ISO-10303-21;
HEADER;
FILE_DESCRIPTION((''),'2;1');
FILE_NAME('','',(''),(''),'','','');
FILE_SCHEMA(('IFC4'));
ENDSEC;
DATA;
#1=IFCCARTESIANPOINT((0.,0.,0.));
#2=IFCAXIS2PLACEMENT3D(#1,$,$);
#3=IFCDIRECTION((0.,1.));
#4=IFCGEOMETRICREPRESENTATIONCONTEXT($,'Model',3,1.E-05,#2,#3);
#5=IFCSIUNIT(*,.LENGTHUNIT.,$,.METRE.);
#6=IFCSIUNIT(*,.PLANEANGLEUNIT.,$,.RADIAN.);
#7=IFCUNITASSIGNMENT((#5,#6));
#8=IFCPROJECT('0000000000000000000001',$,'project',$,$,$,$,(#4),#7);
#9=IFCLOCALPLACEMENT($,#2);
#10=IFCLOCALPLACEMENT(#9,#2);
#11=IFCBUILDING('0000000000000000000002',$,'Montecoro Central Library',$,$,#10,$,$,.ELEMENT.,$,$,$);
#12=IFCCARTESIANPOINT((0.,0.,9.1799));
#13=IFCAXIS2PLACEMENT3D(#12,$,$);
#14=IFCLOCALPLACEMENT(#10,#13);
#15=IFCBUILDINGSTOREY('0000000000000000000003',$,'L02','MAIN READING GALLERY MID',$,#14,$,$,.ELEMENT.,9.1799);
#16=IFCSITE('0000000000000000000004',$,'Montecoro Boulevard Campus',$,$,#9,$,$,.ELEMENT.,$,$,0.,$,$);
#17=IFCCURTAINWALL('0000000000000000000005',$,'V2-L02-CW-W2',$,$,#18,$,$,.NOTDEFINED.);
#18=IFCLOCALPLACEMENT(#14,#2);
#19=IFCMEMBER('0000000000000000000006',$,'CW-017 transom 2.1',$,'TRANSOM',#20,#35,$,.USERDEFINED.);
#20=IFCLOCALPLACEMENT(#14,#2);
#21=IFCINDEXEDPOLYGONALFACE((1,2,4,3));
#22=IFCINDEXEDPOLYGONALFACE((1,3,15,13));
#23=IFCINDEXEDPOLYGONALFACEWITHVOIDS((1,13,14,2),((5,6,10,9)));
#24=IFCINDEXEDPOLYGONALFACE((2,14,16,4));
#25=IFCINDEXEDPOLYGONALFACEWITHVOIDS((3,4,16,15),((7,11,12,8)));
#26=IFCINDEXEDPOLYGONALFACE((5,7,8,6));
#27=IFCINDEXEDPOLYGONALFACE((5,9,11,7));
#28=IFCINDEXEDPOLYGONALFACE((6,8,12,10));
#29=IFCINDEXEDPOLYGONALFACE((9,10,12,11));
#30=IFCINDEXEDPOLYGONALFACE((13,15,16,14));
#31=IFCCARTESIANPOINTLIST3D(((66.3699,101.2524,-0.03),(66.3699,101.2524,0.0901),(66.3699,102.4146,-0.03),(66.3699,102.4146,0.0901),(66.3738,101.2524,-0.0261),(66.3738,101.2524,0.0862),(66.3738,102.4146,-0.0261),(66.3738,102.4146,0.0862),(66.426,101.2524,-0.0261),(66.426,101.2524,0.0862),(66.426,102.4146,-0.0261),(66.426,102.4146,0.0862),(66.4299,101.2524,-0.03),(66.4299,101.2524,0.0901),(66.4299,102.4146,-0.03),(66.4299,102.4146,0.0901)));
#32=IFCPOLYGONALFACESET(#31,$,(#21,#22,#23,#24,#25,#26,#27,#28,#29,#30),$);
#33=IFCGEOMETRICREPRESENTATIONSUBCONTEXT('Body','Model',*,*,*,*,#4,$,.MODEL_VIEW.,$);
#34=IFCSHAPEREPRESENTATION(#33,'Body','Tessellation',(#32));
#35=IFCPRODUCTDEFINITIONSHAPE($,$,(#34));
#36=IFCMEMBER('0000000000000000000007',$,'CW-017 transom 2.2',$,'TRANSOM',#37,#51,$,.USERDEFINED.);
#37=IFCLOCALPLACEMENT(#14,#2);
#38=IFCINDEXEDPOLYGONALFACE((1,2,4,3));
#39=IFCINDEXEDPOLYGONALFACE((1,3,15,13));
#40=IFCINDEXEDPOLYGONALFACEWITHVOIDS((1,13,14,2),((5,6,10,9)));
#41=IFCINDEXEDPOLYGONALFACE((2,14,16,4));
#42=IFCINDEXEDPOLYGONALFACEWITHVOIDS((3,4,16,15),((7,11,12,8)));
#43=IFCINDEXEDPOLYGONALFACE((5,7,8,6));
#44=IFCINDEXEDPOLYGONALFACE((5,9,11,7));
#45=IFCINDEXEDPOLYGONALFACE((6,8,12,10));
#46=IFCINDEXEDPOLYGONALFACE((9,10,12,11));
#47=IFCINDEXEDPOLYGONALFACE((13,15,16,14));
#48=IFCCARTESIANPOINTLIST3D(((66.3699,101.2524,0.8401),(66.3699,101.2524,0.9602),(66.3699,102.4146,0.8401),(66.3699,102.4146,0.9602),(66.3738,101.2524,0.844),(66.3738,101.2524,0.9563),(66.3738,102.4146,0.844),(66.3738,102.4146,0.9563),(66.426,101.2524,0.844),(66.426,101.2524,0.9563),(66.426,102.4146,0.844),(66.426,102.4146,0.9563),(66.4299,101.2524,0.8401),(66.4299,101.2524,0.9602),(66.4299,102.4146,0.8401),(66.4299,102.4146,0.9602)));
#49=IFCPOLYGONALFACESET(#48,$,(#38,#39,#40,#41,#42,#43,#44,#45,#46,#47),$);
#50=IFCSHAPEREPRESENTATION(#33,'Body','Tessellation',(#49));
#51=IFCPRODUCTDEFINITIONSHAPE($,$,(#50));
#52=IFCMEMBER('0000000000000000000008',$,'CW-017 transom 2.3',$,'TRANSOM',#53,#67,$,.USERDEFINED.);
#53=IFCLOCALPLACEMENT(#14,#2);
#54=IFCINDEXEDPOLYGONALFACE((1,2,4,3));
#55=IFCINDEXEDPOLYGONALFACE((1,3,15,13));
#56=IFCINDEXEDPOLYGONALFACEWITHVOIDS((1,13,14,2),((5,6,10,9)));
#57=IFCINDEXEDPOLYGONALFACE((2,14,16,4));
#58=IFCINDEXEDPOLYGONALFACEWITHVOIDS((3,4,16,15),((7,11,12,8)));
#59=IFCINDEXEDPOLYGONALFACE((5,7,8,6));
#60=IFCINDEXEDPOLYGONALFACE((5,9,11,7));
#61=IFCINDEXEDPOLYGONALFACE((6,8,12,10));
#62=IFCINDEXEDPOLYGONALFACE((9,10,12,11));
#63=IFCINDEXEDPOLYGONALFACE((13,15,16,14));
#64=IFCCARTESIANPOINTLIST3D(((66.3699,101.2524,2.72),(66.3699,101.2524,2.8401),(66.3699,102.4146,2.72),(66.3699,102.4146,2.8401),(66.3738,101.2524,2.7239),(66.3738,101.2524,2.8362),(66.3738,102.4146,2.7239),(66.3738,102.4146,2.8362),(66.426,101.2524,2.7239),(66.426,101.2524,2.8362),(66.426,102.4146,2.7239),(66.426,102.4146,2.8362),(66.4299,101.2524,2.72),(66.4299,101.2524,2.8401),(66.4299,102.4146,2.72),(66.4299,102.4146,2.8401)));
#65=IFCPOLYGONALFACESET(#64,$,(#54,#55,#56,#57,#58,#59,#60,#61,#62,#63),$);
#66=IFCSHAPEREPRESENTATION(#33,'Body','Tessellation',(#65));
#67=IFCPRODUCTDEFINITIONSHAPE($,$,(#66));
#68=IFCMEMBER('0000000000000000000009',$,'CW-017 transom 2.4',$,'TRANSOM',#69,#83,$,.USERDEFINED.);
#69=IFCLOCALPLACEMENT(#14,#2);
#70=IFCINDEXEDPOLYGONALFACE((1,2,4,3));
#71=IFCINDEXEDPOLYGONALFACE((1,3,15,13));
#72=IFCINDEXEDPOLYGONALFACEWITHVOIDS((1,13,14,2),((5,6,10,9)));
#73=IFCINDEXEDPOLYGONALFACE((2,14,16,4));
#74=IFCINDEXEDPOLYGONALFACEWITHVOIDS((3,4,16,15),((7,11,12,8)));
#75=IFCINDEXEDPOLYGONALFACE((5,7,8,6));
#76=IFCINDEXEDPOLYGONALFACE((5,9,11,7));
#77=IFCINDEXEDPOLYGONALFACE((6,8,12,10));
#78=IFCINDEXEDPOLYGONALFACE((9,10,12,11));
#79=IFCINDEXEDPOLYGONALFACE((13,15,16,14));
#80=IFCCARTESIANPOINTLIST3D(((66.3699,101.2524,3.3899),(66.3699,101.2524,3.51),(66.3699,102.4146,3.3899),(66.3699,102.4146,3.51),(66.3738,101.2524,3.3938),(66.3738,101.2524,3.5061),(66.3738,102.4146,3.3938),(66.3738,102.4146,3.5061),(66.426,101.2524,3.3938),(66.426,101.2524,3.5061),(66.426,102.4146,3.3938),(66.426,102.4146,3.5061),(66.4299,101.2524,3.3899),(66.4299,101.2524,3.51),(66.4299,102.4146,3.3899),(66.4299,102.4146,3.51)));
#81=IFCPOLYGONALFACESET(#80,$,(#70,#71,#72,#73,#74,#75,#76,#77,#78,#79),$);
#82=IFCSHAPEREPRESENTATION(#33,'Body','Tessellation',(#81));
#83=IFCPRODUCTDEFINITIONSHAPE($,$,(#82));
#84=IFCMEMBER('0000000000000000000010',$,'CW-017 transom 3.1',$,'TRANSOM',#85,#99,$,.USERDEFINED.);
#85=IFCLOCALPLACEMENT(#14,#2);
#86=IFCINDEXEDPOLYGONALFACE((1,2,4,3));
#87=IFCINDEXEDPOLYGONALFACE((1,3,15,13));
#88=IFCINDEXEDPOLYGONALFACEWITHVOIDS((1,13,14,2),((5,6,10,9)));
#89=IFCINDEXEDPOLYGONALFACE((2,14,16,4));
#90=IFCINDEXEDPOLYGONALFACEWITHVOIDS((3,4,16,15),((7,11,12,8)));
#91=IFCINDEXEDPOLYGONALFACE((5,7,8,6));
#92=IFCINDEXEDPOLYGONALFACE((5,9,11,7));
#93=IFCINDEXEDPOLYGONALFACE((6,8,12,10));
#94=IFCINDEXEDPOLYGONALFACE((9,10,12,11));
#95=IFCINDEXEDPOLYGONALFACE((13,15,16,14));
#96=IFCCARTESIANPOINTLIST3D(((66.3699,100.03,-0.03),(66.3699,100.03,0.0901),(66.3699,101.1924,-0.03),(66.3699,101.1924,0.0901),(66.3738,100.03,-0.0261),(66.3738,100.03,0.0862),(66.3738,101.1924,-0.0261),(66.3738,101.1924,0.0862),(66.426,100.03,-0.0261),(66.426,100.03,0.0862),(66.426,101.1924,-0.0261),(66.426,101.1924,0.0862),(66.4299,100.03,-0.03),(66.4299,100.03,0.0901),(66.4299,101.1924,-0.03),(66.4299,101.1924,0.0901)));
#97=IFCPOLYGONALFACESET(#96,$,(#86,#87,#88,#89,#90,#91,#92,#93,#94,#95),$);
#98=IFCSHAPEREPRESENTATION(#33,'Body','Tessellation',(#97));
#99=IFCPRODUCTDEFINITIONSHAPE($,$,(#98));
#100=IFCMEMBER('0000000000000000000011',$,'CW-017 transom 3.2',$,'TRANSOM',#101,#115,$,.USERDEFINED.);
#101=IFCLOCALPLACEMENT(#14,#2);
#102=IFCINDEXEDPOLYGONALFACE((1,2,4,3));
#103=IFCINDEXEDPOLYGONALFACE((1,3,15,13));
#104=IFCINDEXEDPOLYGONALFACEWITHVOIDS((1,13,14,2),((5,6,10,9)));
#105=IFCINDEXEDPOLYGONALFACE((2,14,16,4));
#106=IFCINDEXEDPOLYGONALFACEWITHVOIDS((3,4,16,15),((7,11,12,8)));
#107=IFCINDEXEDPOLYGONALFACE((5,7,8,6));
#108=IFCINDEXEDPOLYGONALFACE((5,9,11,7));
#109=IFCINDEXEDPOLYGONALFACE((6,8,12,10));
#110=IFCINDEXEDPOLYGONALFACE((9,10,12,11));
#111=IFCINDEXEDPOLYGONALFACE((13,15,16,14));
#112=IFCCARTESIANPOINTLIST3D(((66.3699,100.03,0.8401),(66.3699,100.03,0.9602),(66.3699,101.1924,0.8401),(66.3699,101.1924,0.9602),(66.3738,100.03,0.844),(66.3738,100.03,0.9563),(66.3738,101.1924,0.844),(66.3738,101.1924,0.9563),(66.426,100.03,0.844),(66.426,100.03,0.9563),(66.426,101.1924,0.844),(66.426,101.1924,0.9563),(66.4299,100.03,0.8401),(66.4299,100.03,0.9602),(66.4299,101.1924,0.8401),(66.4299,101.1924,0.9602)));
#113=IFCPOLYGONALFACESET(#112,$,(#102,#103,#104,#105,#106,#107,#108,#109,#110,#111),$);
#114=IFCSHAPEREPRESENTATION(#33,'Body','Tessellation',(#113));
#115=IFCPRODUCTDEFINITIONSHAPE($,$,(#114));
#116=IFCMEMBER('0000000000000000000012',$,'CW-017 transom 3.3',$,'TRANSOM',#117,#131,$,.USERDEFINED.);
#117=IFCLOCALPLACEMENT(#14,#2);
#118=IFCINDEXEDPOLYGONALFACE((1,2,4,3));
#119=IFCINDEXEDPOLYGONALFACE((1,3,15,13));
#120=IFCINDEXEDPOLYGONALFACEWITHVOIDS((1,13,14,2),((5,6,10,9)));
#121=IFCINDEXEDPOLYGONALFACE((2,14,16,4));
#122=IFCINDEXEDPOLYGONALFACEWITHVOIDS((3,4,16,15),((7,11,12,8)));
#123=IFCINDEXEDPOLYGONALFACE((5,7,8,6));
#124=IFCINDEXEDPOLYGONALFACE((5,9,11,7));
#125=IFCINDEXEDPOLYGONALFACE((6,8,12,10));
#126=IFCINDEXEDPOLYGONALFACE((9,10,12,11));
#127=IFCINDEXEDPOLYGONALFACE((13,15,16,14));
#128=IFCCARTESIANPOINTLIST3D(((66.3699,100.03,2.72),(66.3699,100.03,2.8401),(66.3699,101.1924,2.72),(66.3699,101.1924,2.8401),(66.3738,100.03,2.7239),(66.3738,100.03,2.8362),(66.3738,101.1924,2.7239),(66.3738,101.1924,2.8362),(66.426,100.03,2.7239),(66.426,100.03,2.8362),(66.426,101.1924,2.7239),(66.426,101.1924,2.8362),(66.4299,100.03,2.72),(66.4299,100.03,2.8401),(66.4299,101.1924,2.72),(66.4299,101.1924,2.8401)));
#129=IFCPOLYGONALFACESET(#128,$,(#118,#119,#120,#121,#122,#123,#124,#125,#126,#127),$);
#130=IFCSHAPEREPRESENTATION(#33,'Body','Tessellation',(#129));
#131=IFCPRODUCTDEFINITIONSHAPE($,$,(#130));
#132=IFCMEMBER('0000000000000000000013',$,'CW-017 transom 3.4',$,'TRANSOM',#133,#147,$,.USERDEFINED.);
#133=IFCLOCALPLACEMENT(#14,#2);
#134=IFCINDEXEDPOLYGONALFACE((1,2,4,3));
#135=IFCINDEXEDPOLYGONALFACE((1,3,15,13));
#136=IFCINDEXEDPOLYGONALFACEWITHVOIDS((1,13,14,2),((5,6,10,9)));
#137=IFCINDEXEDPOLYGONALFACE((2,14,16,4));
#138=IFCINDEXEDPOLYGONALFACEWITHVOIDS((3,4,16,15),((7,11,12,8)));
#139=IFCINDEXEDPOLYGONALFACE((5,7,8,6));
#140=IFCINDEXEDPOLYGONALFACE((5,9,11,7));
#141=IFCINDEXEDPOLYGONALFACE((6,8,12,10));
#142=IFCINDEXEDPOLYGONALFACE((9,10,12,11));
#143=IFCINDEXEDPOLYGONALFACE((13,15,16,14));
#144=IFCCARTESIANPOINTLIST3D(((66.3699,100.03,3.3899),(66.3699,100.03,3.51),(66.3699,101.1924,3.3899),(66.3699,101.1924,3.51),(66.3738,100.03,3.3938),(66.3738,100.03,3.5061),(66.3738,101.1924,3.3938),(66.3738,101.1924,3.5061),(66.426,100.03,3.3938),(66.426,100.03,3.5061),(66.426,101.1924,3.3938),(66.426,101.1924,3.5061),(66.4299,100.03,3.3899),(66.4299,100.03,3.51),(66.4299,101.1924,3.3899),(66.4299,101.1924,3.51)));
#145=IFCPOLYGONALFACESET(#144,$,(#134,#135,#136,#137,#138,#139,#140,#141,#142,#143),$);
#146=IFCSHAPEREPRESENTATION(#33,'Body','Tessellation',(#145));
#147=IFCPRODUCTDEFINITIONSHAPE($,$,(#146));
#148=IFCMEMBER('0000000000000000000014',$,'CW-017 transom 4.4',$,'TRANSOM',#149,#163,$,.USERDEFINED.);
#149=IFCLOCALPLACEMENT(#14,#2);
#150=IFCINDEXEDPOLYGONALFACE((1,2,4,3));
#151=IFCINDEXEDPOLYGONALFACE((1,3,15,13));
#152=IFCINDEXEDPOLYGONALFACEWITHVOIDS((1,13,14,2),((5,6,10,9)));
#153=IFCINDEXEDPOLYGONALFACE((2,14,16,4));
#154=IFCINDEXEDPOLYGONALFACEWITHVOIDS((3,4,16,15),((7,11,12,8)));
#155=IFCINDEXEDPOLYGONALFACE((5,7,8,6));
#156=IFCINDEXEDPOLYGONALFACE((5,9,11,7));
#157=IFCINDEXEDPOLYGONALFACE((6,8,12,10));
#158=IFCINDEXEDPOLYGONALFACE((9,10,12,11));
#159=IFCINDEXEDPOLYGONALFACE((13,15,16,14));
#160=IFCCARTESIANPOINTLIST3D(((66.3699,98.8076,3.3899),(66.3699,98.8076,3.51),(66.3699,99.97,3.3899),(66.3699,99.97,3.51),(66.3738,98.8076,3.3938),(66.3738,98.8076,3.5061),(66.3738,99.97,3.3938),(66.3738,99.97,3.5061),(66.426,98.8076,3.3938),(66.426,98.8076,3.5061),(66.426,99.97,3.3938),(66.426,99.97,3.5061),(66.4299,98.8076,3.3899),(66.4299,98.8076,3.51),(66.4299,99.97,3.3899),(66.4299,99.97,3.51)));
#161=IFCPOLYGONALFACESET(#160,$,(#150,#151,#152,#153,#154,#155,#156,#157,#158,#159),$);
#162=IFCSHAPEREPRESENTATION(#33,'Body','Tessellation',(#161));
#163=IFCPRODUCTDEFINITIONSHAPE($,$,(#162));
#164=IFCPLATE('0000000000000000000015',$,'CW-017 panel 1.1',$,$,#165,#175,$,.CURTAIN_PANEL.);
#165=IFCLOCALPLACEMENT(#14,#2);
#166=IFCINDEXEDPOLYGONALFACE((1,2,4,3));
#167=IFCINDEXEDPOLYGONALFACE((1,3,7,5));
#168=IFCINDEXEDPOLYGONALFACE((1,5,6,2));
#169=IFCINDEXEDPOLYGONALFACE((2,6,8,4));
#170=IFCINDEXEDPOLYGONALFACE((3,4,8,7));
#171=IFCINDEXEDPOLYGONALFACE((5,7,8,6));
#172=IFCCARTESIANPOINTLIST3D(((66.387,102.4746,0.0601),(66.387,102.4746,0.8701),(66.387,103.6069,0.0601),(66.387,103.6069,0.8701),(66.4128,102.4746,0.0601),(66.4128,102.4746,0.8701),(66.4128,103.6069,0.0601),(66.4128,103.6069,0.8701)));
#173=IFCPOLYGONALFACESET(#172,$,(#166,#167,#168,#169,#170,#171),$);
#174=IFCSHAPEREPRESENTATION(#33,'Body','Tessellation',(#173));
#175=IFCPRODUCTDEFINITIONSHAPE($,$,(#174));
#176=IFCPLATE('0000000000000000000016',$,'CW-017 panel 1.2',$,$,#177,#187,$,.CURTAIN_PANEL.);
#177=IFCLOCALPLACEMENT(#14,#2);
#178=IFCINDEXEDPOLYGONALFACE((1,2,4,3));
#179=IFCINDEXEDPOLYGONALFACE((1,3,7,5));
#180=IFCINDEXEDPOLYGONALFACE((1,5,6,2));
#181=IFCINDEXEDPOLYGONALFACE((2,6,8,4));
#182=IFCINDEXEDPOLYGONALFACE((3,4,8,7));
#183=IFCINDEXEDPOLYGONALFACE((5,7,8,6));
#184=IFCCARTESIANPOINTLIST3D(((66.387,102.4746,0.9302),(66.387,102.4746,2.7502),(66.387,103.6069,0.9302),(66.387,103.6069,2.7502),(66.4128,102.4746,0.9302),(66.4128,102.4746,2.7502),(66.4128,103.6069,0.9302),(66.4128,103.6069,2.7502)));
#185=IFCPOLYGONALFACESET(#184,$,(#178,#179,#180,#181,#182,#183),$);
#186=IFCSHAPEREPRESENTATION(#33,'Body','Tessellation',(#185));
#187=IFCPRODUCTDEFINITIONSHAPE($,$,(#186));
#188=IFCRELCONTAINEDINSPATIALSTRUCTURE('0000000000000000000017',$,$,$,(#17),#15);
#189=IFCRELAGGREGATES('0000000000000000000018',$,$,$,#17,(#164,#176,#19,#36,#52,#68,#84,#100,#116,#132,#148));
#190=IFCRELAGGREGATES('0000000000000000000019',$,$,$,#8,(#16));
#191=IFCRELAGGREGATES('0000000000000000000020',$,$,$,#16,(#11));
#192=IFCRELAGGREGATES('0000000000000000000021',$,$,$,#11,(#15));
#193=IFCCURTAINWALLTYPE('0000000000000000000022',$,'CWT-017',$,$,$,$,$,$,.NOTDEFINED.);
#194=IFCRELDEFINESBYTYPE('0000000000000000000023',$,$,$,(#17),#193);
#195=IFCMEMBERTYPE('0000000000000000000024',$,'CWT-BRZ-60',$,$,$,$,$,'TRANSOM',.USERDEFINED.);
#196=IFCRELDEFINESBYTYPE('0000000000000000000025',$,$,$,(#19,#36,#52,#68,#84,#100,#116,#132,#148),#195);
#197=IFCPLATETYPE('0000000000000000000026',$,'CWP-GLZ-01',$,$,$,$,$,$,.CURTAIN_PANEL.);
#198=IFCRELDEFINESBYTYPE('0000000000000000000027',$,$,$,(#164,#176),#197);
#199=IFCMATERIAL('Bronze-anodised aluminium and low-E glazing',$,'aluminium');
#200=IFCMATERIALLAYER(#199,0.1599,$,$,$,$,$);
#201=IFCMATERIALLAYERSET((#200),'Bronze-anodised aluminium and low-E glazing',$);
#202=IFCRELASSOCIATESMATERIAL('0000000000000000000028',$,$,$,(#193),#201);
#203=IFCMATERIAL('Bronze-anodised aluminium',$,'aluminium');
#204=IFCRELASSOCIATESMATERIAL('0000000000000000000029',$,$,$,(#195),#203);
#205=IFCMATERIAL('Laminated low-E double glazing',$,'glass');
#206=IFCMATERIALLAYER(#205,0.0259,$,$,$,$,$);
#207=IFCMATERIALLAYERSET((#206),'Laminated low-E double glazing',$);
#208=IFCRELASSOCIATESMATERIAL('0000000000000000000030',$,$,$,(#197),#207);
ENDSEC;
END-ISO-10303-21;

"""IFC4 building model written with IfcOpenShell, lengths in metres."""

from ifc_helpers import new_model, si_unit, direction, frame, origin, origin_2d, place, context, subcontext, project, spatial, rectangle, hollow_rectangle, extrude, material, layer, layer_set, material_profile, profile_set, type_object, element, aggregate, save


model = new_model("IFC4")

# Units and contexts
model_context = context("Model", 3, precision=1e-05, world=origin(), true_north=direction((0.0, 1.0)))
body_context = subcontext(model_context, "Body", "Model", "MODEL_VIEW")
ifc_project = project(units=[si_unit("LENGTHUNIT", "METRE"), si_unit("PLANEANGLEUNIT", "RADIAN")], contexts=[model_context])

# Site, building, storey
site_placement = place(None, origin())
site = spatial("IfcSite", under=ifc_project, at=site_placement, Name="Montecoro Boulevard Campus", CompositionType="ELEMENT", RefElevation=0.0)
building_placement = place(site_placement, origin())
building = spatial("IfcBuilding", under=site, at=building_placement, Name="Montecoro Central Library", CompositionType="ELEMENT")
storey_placement = place(building_placement, frame((0.0, 0.0, 9.1799)))
storey = spatial("IfcBuildingStorey", under=building, at=storey_placement, Name="L02", Description="MAIN READING GALLERY MID", CompositionType="ELEMENT", Elevation=9.1799)

# Curtain wall, members, plates
ifc_material_1 = material(Name="Bronze-anodised aluminium and low-E glazing", Category="aluminium")
ifc_layer_1 = layer(ifc_material_1, 0.1599)
ifc_layer_set_1 = layer_set([ifc_layer_1], Name="Bronze-anodised aluminium and low-E glazing")
curtain_wall_type = type_object("IfcCurtainWallType", Name="CWT-017", PredefinedType="NOTDEFINED", material=ifc_layer_set_1)
curtain_wall_placement = place(storey_placement, origin())
curtain_wall = element("IfcCurtainWall", 1, at=curtain_wall_placement, inside=storey, type_object=curtain_wall_type, Name="V2-L02-CW-W2", PredefinedType="NOTDEFINED")
ifc_material_2 = material(Name="Bronze-anodised aluminium", Category="aluminium")
ifc_material_profile_1 = material_profile(ifc_material_2, hollow_rectangle(XDim=0.0601, YDim=0.1201, WallThickness=0.0039, at=origin_2d()), Name="CWT 120x60x4.0")
ifc_profile_set_1 = profile_set([ifc_material_profile_1], Name="Bronze-anodised aluminium")
member_type_1 = type_object("IfcMemberType", Name="CWT-BRZ-60", ElementType="TRANSOM", PredefinedType="USERDEFINED", material=ifc_profile_set_1)
member_1_placement = place(storey_placement, frame((66.3999, 102.4146, 0.03), z_axis=(0.0, -1.0, 0.0), x_axis=(1.0, 0.0, 0.0)))
member_1 = element("IfcMember", 2, at=member_1_placement, type_object=member_type_1, Name="CW-017 transom 2.1", ObjectType="TRANSOM", PredefinedType="USERDEFINED", context=body_context, shape_type="SweptSolid", body=[
    extrude(hollow_rectangle(XDim=0.0601, YDim=0.1201, WallThickness=0.0039, at=origin_2d()), origin(), (0.0, 0.0, 1.0), 1.1621),
])
member_2_placement = place(storey_placement, frame((66.3999, 102.4146, 0.9001), z_axis=(0.0, -1.0, 0.0), x_axis=(1.0, 0.0, 0.0)))
member_2 = element("IfcMember", 3, at=member_2_placement, type_object=member_type_1, Name="CW-017 transom 2.2", ObjectType="TRANSOM", PredefinedType="USERDEFINED", context=body_context, shape_type="SweptSolid", body=[
    extrude(hollow_rectangle(XDim=0.0601, YDim=0.1201, WallThickness=0.0039, at=origin_2d()), origin(), (0.0, 0.0, 1.0), 1.1621),
])
member_3_placement = place(storey_placement, frame((66.3999, 102.4146, 2.78), z_axis=(0.0, -1.0, 0.0), x_axis=(1.0, 0.0, 0.0)))
member_3 = element("IfcMember", 4, at=member_3_placement, type_object=member_type_1, Name="CW-017 transom 2.3", ObjectType="TRANSOM", PredefinedType="USERDEFINED", context=body_context, shape_type="SweptSolid", body=[
    extrude(hollow_rectangle(XDim=0.0601, YDim=0.1201, WallThickness=0.0039, at=origin_2d()), origin(), (0.0, 0.0, 1.0), 1.1621),
])
member_4_placement = place(storey_placement, frame((66.3999, 102.4146, 3.45), z_axis=(0.0, -1.0, 0.0), x_axis=(1.0, 0.0, 0.0)))
member_4 = element("IfcMember", 5, at=member_4_placement, type_object=member_type_1, Name="CW-017 transom 2.4", ObjectType="TRANSOM", PredefinedType="USERDEFINED", context=body_context, shape_type="SweptSolid", body=[
    extrude(hollow_rectangle(XDim=0.0601, YDim=0.1201, WallThickness=0.0039, at=origin_2d()), origin(), (0.0, 0.0, 1.0), 1.1621),
])
member_5_placement = place(storey_placement, frame((66.3999, 101.1924, 0.03), z_axis=(0.0, -1.0, 0.0), x_axis=(1.0, 0.0, 0.0)))
member_5 = element("IfcMember", 6, at=member_5_placement, type_object=member_type_1, Name="CW-017 transom 3.1", ObjectType="TRANSOM", PredefinedType="USERDEFINED", context=body_context, shape_type="SweptSolid", body=[
    extrude(hollow_rectangle(XDim=0.0601, YDim=0.1201, WallThickness=0.0039, at=origin_2d()), origin(), (0.0, 0.0, 1.0), 1.1624),
])
member_6_placement = place(storey_placement, frame((66.3999, 101.1924, 0.9001), z_axis=(0.0, -1.0, 0.0), x_axis=(1.0, 0.0, 0.0)))
member_6 = element("IfcMember", 7, at=member_6_placement, type_object=member_type_1, Name="CW-017 transom 3.2", ObjectType="TRANSOM", PredefinedType="USERDEFINED", context=body_context, shape_type="SweptSolid", body=[
    extrude(hollow_rectangle(XDim=0.0601, YDim=0.1201, WallThickness=0.0039, at=origin_2d()), origin(), (0.0, 0.0, 1.0), 1.1624),
])
member_7_placement = place(storey_placement, frame((66.3999, 101.1924, 2.78), z_axis=(0.0, -1.0, 0.0), x_axis=(1.0, 0.0, 0.0)))
member_7 = element("IfcMember", 8, at=member_7_placement, type_object=member_type_1, Name="CW-017 transom 3.3", ObjectType="TRANSOM", PredefinedType="USERDEFINED", context=body_context, shape_type="SweptSolid", body=[
    extrude(hollow_rectangle(XDim=0.0601, YDim=0.1201, WallThickness=0.0039, at=origin_2d()), origin(), (0.0, 0.0, 1.0), 1.1624),
])
member_8_placement = place(storey_placement, frame((66.3999, 101.1924, 3.45), z_axis=(0.0, -1.0, 0.0), x_axis=(1.0, 0.0, 0.0)))
member_8 = element("IfcMember", 9, at=member_8_placement, type_object=member_type_1, Name="CW-017 transom 3.4", ObjectType="TRANSOM", PredefinedType="USERDEFINED", context=body_context, shape_type="SweptSolid", body=[
    extrude(hollow_rectangle(XDim=0.0601, YDim=0.1201, WallThickness=0.0039, at=origin_2d()), origin(), (0.0, 0.0, 1.0), 1.1624),
])
member_9_placement = place(storey_placement, frame((66.3999, 99.97, 3.45), z_axis=(0.0, -1.0, 0.0), x_axis=(1.0, 0.0, 0.0)))
member_9 = element("IfcMember", 10, at=member_9_placement, type_object=member_type_1, Name="CW-017 transom 4.4", ObjectType="TRANSOM", PredefinedType="USERDEFINED", context=body_context, shape_type="SweptSolid", body=[
    extrude(hollow_rectangle(XDim=0.0601, YDim=0.1201, WallThickness=0.0039, at=origin_2d()), origin(), (0.0, 0.0, 1.0), 1.1624),
])
ifc_material_3 = material(Name="Laminated low-E double glazing", Category="glass")
ifc_layer_2 = layer(ifc_material_3, 0.0259)
ifc_layer_set_2 = layer_set([ifc_layer_2], Name="Laminated low-E double glazing")
plate_type = type_object("IfcPlateType", Name="CWP-GLZ-01", PredefinedType="CURTAIN_PANEL", material=ifc_layer_set_2)
plate_1_placement = place(storey_placement, frame((66.3999, 103.0408, 0.0601), z_axis=(0.0, 0.0, 1.0), x_axis=(0.0, -1.0, 0.0)))
plate_1 = element("IfcPlate", 11, at=plate_1_placement, type_object=plate_type, Name="CW-017 panel 1.1", PredefinedType="CURTAIN_PANEL", context=body_context, shape_type="SweptSolid", body=[
    extrude(rectangle(XDim=1.1323, YDim=0.0259, at=origin_2d()), origin(), (0.0, 0.0, 1.0), 0.8101),
])
plate_2_placement = place(storey_placement, frame((66.3999, 103.0408, 0.9302), z_axis=(0.0, 0.0, 1.0), x_axis=(0.0, -1.0, 0.0)))
plate_2 = element("IfcPlate", 12, at=plate_2_placement, type_object=plate_type, Name="CW-017 panel 1.2", PredefinedType="CURTAIN_PANEL", context=body_context, shape_type="SweptSolid", body=[
    extrude(rectangle(XDim=1.1323, YDim=0.0259, at=origin_2d()), origin(), (0.0, 0.0, 1.0), 1.8201),
])
aggregate(curtain_wall, [plate_1, plate_2, member_1, member_2, member_3, member_4, member_5, member_6, member_7, member_8, member_9])

save(model, "model.ifc")
